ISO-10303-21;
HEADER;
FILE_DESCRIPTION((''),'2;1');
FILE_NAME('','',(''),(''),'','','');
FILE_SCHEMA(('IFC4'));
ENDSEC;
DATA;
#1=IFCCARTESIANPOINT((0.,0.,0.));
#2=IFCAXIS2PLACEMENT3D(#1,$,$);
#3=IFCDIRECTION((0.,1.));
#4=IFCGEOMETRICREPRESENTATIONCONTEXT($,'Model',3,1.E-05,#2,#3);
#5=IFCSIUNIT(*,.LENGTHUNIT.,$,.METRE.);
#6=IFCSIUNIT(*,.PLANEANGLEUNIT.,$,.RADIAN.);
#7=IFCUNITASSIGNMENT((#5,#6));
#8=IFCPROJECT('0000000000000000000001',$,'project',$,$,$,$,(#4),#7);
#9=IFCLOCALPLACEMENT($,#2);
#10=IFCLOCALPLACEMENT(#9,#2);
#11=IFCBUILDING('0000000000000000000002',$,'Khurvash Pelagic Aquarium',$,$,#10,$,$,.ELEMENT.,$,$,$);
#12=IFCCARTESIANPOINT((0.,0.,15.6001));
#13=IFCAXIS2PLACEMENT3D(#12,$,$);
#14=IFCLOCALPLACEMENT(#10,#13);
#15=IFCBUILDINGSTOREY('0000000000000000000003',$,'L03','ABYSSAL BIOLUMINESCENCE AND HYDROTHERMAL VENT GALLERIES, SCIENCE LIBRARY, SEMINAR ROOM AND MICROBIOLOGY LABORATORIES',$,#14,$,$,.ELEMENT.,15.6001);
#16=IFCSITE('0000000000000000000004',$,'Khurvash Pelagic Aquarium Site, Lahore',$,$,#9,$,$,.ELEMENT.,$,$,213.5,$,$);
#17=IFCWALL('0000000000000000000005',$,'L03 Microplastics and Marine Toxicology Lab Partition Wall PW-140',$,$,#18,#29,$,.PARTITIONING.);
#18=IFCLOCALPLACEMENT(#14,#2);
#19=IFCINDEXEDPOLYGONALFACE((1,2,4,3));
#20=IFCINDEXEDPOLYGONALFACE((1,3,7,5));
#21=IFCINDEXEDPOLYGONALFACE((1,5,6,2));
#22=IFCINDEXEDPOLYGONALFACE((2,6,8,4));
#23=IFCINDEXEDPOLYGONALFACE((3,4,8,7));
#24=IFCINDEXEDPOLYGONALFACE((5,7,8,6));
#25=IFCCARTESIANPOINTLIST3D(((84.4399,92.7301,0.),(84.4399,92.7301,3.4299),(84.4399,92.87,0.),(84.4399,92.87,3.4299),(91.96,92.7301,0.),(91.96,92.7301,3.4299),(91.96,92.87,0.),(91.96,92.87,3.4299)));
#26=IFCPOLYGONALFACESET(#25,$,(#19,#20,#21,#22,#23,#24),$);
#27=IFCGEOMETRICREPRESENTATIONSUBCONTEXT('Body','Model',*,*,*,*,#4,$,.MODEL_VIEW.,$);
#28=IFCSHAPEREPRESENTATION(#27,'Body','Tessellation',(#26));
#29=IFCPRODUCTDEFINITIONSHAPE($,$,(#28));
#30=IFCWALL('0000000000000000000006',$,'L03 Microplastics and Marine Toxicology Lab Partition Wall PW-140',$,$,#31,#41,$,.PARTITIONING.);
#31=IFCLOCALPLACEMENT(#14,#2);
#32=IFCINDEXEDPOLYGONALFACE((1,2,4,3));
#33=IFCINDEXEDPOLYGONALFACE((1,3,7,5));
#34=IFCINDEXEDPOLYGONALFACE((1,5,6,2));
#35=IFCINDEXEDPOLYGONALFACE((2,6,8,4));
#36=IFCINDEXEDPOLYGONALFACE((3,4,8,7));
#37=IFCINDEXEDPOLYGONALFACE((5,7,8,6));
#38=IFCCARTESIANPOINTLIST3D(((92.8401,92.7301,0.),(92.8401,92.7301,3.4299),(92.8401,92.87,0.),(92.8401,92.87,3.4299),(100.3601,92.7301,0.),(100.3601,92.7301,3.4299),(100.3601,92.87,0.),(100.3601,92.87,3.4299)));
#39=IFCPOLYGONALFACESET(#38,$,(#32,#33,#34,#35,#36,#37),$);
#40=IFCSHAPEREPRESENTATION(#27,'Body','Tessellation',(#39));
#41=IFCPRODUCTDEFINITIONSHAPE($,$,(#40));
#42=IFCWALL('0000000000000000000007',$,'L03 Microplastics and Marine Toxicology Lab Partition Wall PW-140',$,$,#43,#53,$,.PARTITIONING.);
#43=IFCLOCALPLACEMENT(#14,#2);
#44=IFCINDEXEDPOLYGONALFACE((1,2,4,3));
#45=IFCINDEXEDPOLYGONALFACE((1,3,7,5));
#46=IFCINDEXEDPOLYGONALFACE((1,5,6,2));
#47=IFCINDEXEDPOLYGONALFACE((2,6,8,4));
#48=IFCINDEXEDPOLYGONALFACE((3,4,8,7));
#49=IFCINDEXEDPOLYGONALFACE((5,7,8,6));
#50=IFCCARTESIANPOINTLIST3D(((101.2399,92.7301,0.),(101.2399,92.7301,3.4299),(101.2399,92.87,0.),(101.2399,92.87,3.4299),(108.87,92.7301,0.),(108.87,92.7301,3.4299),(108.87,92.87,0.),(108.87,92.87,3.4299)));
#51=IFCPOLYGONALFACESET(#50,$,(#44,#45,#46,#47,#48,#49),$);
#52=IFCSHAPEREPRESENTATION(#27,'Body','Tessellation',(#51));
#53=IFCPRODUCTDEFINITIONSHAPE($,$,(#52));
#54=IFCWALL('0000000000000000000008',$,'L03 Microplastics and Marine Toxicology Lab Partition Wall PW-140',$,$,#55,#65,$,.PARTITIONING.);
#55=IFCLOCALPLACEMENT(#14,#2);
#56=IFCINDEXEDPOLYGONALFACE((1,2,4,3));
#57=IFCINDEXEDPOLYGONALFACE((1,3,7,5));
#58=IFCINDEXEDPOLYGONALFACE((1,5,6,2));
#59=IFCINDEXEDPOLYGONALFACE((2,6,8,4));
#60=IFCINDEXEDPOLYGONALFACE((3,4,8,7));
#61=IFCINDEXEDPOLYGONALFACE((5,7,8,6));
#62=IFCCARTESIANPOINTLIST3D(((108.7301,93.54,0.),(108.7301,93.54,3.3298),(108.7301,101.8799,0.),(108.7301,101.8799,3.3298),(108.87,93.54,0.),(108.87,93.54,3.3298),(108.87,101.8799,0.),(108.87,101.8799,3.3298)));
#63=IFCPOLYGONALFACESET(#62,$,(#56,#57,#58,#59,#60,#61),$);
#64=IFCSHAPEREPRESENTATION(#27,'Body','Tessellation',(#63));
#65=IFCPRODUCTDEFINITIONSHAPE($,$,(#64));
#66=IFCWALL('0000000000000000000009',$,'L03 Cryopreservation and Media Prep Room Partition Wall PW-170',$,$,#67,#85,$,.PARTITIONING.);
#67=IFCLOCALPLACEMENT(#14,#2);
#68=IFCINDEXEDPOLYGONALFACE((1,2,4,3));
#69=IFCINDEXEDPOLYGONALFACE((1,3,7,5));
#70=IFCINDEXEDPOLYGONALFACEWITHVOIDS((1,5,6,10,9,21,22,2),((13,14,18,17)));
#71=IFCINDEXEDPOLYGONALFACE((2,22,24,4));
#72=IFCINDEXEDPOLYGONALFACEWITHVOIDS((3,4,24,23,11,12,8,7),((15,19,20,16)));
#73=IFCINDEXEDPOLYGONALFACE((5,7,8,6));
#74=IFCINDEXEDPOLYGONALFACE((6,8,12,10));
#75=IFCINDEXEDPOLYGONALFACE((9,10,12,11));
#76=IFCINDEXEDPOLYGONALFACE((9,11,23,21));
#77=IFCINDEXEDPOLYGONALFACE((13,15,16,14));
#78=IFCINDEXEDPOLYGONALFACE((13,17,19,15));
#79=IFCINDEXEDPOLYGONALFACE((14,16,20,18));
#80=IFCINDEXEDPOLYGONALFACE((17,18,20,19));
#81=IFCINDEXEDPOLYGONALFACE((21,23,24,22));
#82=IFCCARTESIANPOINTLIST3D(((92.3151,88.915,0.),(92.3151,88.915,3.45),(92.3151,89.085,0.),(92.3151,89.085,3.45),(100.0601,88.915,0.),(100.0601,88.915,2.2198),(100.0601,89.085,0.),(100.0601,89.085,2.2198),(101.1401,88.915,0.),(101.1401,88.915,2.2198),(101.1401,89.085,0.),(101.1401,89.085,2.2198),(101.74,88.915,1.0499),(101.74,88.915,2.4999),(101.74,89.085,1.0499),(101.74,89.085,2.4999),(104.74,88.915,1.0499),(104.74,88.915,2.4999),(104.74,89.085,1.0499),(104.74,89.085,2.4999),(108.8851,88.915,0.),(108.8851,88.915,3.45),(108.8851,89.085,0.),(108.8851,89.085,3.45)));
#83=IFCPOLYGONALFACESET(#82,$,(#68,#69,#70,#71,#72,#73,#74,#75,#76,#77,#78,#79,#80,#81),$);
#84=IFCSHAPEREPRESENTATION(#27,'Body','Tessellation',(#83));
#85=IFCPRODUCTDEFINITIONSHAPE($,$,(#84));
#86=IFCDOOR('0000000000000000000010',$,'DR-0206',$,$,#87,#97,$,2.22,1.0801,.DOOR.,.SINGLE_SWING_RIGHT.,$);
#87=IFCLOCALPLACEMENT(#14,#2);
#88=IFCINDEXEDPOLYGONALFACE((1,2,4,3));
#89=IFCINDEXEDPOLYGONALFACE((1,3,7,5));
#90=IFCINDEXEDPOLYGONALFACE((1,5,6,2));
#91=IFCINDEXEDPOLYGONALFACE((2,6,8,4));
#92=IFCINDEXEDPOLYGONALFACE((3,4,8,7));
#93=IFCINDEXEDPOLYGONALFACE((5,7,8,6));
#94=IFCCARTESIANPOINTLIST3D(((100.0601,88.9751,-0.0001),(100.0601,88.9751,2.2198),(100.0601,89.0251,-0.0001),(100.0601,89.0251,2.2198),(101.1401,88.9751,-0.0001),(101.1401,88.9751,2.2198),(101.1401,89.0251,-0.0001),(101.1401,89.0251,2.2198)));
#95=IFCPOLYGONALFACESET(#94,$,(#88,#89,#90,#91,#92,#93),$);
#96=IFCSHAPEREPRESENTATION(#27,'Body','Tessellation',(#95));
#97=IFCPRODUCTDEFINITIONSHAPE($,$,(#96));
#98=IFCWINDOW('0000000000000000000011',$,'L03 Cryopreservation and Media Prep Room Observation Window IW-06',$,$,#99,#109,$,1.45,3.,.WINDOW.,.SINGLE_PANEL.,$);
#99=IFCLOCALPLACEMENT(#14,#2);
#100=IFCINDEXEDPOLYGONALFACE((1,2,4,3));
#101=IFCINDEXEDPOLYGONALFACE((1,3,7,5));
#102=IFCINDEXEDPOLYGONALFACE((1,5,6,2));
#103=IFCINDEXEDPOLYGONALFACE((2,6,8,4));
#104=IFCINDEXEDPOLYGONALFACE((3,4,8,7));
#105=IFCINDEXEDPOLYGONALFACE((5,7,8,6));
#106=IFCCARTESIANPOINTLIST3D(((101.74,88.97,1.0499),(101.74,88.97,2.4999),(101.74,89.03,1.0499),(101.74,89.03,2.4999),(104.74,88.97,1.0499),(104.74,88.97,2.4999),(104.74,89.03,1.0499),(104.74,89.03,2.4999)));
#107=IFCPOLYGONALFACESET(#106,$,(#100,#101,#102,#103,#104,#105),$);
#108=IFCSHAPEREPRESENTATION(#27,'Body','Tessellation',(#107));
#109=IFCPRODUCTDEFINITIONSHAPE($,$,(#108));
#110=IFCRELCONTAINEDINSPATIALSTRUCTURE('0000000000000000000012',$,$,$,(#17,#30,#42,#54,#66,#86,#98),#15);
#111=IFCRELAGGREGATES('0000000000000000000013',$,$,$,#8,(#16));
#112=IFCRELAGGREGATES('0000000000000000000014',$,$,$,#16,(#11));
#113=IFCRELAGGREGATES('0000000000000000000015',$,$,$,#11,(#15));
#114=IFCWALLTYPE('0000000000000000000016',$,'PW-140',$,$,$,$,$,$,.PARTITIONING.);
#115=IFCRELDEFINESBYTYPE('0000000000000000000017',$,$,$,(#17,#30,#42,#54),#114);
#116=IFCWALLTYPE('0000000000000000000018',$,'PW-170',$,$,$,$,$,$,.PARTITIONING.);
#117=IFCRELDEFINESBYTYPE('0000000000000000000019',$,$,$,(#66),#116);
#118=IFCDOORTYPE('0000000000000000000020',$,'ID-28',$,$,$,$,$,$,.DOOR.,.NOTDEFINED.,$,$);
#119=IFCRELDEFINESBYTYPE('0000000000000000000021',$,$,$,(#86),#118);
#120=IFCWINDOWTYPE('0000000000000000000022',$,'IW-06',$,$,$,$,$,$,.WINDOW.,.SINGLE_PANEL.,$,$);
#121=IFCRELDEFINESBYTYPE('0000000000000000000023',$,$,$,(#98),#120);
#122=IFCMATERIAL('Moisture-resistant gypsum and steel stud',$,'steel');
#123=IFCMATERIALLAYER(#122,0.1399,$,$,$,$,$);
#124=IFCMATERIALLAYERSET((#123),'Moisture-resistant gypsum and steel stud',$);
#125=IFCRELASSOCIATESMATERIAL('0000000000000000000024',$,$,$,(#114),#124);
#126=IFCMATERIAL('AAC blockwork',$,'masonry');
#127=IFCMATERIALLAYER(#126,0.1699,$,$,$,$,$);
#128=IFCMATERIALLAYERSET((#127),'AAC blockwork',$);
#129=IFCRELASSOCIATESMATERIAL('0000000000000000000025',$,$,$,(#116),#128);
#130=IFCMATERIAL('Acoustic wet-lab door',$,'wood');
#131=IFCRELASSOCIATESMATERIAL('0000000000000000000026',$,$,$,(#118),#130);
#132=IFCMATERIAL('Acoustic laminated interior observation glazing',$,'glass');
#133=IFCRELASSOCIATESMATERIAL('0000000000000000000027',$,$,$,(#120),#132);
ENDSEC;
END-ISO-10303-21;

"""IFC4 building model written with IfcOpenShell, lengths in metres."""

from ifc_helpers import new_model, si_unit, direction, frame, frame_2d, origin, place, context, subcontext, project, spatial, rectangle, extrude, material, layer, layer_set, type_object, element, fill, save


model = new_model("IFC4")

# Units and contexts
model_context = context("Model", 3, precision=1e-05, world=origin(), true_north=direction((0.0, 1.0)))
body_context = subcontext(model_context, "Body", "Model", "MODEL_VIEW")
ifc_project = project(units=[si_unit("LENGTHUNIT", "METRE"), si_unit("PLANEANGLEUNIT", "RADIAN")], contexts=[model_context])

# Site, building, storey
site_placement = place(None, origin())
site = spatial("IfcSite", under=ifc_project, at=site_placement, Name="Khurvash Pelagic Aquarium Site, Lahore", CompositionType="ELEMENT", RefElevation=213.5)
building_placement = place(site_placement, origin())
building = spatial("IfcBuilding", under=site, at=building_placement, Name="Khurvash Pelagic Aquarium", CompositionType="ELEMENT")
storey_placement = place(building_placement, frame((0.0, 0.0, 15.6001)))
storey = spatial("IfcBuildingStorey", under=building, at=storey_placement, Name="L03", Description="ABYSSAL BIOLUMINESCENCE AND HYDROTHERMAL VENT GALLERIES, SCIENCE LIBRARY, SEMINAR ROOM AND MICROBIOLOGY LABORATORIES", CompositionType="ELEMENT", Elevation=15.6001)

# Walls
ifc_material_1 = material(Name="Moisture-resistant gypsum and steel stud", Category="steel")
ifc_layer_1 = layer(ifc_material_1, 0.1399)
ifc_layer_set_1 = layer_set([ifc_layer_1], Name="Moisture-resistant gypsum and steel stud")
wall_type_1 = type_object("IfcWallType", Name="PW-140", PredefinedType="PARTITIONING", material=ifc_layer_set_1)
for number, where, z_axis, x_axis, name in (
    (1, (84.4399, 92.8, 0.0), (0.0, 0.0, 1.0), (1.0, 0.0, 0.0), "L03 Microplastics and Marine Toxicology Lab Partition Wall PW-140"),
    (2, (92.8401, 92.8, 0.0), (0.0, 0.0, 1.0), (1.0, 0.0, 0.0), "L03 Microplastics and Marine Toxicology Lab Partition Wall PW-140"),
):
    element("IfcWall", number, at=place(storey_placement, frame(where, z_axis=z_axis, x_axis=x_axis)), inside=storey, type_object=wall_type_1, Name=name, PredefinedType="PARTITIONING", context=body_context, shape_type="SweptSolid", body=[
        extrude(rectangle(XDim=7.52, YDim=0.1399, at=frame_2d((3.76, 0.0))), origin(), (0.0, 0.0, 1.0), 3.4299),
    ])
wall_1_placement = place(storey_placement, frame((101.24, 92.8, 0.0), z_axis=(0.0, 0.0, 1.0), x_axis=(1.0, 0.0, 0.0)))
element("IfcWall", 3, at=wall_1_placement, inside=storey, type_object=wall_type_1, Name="L03 Microplastics and Marine Toxicology Lab Partition Wall PW-140", PredefinedType="PARTITIONING", context=body_context, shape_type="SweptSolid", body=[
    extrude(rectangle(XDim=7.6301, YDim=0.1399, at=frame_2d((3.8149, 0.0))), origin(), (0.0, 0.0, 1.0), 3.4299),
])
wall_2_placement = place(storey_placement, frame((108.8, 93.54, 0.0), z_axis=(0.0, 0.0, 1.0), x_axis=(0.0, 1.0, 0.0)))
element("IfcWall", 4, at=wall_2_placement, inside=storey, type_object=wall_type_1, Name="L03 Microplastics and Marine Toxicology Lab Partition Wall PW-140", PredefinedType="PARTITIONING", context=body_context, shape_type="SweptSolid", body=[
    extrude(rectangle(XDim=8.3398, YDim=0.1399, at=frame_2d((4.1699, 0.0))), origin(), (0.0, 0.0, 1.0), 3.3298),
])

# Wall, openings, door, window
ifc_material_2 = material(Name="AAC blockwork", Category="masonry")
ifc_layer_2 = layer(ifc_material_2, 0.1699)
ifc_layer_set_2 = layer_set([ifc_layer_2], Name="AAC blockwork")
wall_type_2 = type_object("IfcWallType", Name="PW-170", PredefinedType="PARTITIONING", material=ifc_layer_set_2)
wall_3_placement = place(storey_placement, frame((92.3149, 89.0, 0.0), z_axis=(0.0, 0.0, 1.0), x_axis=(1.0, 0.0, 0.0)))
wall_3 = element("IfcWall", 5, at=wall_3_placement, inside=storey, type_object=wall_type_2, Name="L03 Cryopreservation and Media Prep Room Partition Wall PW-170", PredefinedType="PARTITIONING", context=body_context, shape_type="SweptSolid", body=[
    extrude(rectangle(XDim=16.5701, YDim=0.1699, at=frame_2d((8.2852, 0.0))), origin(), (0.0, 0.0, 1.0), 3.45),
])
opening_1_placement = place(wall_3_placement, frame((7.7451, 0.0, 0.0)))
opening_1 = element("IfcOpeningElement", 6, at=opening_1_placement, cuts=wall_3, PredefinedType="OPENING", context=body_context, shape_type="SweptSolid", body=[
    extrude(rectangle(XDim=1.0801, YDim=2.22, at=frame_2d((0.54, 1.1099))), frame((0.0, 0.095, 0.0), z_axis=(0.0, -1.0, 0.0), x_axis=(1.0, 0.0, 0.0)), (0.0, 0.0, 1.0), 0.1899),
])
opening_2_placement = place(wall_3_placement, frame((9.425, 0.0, 1.0498)))
opening_2 = element("IfcOpeningElement", 7, at=opening_2_placement, cuts=wall_3, PredefinedType="OPENING", context=body_context, shape_type="SweptSolid", body=[
    extrude(rectangle(XDim=3.0, YDim=1.45, at=frame_2d((1.5, 0.7251))), frame((0.0, 0.095, 0.0), z_axis=(0.0, -1.0, 0.0), x_axis=(1.0, 0.0, 0.0)), (0.0, 0.0, 1.0), 0.1899),
])
ifc_material_3 = material(Name="Acoustic wet-lab door", Category="wood")
door_type = type_object("IfcDoorType", Name="ID-28", OperationType="NOTDEFINED", PredefinedType="DOOR", material=ifc_material_3)
door_placement = place(opening_1_placement, frame((1.0801, 0.0, 0.0), z_axis=(0.0, 0.0, 1.0), x_axis=(-1.0, 0.0, 0.0)))
door = element("IfcDoor", 8, at=door_placement, inside=storey, type_object=door_type, Name="DR-0206", OperationType="SINGLE_SWING_RIGHT", OverallHeight=2.22, OverallWidth=1.0801, PredefinedType="DOOR", context=body_context, shape_type="SweptSolid", body=[
    extrude(rectangle(XDim=1.0801, YDim=2.22, at=frame_2d((0.54, 1.1099))), frame((0.0, 0.0249, 0.0), z_axis=(0.0, -1.0, 0.0), x_axis=(1.0, 0.0, 0.0)), (0.0, 0.0, 1.0), 0.05),
])
fill(opening_1, door)
ifc_material_4 = material(Name="Acoustic laminated interior observation glazing", Category="glass")
window_type_1 = type_object("IfcWindowType", Name="IW-06", PartitioningType="SINGLE_PANEL", PredefinedType="WINDOW", material=ifc_material_4)
window_1_placement = place(opening_2_placement, origin())
window_1 = element("IfcWindow", 9, at=window_1_placement, inside=storey, type_object=window_type_1, Name="L03 Cryopreservation and Media Prep Room Observation Window IW-06", OverallHeight=1.45, OverallWidth=3.0, PartitioningType="SINGLE_PANEL", PredefinedType="WINDOW", context=body_context, shape_type="SweptSolid", body=[
    extrude(rectangle(XDim=3.0, YDim=1.45, at=frame_2d((1.5, 0.7251))), frame((0.0, 0.03, 0.0), z_axis=(0.0, -1.0, 0.0), x_axis=(1.0, 0.0, 0.0)), (0.0, 0.0, 1.0), 0.0601),
])
fill(opening_2, window_1)

save(model, "model.ifc")
